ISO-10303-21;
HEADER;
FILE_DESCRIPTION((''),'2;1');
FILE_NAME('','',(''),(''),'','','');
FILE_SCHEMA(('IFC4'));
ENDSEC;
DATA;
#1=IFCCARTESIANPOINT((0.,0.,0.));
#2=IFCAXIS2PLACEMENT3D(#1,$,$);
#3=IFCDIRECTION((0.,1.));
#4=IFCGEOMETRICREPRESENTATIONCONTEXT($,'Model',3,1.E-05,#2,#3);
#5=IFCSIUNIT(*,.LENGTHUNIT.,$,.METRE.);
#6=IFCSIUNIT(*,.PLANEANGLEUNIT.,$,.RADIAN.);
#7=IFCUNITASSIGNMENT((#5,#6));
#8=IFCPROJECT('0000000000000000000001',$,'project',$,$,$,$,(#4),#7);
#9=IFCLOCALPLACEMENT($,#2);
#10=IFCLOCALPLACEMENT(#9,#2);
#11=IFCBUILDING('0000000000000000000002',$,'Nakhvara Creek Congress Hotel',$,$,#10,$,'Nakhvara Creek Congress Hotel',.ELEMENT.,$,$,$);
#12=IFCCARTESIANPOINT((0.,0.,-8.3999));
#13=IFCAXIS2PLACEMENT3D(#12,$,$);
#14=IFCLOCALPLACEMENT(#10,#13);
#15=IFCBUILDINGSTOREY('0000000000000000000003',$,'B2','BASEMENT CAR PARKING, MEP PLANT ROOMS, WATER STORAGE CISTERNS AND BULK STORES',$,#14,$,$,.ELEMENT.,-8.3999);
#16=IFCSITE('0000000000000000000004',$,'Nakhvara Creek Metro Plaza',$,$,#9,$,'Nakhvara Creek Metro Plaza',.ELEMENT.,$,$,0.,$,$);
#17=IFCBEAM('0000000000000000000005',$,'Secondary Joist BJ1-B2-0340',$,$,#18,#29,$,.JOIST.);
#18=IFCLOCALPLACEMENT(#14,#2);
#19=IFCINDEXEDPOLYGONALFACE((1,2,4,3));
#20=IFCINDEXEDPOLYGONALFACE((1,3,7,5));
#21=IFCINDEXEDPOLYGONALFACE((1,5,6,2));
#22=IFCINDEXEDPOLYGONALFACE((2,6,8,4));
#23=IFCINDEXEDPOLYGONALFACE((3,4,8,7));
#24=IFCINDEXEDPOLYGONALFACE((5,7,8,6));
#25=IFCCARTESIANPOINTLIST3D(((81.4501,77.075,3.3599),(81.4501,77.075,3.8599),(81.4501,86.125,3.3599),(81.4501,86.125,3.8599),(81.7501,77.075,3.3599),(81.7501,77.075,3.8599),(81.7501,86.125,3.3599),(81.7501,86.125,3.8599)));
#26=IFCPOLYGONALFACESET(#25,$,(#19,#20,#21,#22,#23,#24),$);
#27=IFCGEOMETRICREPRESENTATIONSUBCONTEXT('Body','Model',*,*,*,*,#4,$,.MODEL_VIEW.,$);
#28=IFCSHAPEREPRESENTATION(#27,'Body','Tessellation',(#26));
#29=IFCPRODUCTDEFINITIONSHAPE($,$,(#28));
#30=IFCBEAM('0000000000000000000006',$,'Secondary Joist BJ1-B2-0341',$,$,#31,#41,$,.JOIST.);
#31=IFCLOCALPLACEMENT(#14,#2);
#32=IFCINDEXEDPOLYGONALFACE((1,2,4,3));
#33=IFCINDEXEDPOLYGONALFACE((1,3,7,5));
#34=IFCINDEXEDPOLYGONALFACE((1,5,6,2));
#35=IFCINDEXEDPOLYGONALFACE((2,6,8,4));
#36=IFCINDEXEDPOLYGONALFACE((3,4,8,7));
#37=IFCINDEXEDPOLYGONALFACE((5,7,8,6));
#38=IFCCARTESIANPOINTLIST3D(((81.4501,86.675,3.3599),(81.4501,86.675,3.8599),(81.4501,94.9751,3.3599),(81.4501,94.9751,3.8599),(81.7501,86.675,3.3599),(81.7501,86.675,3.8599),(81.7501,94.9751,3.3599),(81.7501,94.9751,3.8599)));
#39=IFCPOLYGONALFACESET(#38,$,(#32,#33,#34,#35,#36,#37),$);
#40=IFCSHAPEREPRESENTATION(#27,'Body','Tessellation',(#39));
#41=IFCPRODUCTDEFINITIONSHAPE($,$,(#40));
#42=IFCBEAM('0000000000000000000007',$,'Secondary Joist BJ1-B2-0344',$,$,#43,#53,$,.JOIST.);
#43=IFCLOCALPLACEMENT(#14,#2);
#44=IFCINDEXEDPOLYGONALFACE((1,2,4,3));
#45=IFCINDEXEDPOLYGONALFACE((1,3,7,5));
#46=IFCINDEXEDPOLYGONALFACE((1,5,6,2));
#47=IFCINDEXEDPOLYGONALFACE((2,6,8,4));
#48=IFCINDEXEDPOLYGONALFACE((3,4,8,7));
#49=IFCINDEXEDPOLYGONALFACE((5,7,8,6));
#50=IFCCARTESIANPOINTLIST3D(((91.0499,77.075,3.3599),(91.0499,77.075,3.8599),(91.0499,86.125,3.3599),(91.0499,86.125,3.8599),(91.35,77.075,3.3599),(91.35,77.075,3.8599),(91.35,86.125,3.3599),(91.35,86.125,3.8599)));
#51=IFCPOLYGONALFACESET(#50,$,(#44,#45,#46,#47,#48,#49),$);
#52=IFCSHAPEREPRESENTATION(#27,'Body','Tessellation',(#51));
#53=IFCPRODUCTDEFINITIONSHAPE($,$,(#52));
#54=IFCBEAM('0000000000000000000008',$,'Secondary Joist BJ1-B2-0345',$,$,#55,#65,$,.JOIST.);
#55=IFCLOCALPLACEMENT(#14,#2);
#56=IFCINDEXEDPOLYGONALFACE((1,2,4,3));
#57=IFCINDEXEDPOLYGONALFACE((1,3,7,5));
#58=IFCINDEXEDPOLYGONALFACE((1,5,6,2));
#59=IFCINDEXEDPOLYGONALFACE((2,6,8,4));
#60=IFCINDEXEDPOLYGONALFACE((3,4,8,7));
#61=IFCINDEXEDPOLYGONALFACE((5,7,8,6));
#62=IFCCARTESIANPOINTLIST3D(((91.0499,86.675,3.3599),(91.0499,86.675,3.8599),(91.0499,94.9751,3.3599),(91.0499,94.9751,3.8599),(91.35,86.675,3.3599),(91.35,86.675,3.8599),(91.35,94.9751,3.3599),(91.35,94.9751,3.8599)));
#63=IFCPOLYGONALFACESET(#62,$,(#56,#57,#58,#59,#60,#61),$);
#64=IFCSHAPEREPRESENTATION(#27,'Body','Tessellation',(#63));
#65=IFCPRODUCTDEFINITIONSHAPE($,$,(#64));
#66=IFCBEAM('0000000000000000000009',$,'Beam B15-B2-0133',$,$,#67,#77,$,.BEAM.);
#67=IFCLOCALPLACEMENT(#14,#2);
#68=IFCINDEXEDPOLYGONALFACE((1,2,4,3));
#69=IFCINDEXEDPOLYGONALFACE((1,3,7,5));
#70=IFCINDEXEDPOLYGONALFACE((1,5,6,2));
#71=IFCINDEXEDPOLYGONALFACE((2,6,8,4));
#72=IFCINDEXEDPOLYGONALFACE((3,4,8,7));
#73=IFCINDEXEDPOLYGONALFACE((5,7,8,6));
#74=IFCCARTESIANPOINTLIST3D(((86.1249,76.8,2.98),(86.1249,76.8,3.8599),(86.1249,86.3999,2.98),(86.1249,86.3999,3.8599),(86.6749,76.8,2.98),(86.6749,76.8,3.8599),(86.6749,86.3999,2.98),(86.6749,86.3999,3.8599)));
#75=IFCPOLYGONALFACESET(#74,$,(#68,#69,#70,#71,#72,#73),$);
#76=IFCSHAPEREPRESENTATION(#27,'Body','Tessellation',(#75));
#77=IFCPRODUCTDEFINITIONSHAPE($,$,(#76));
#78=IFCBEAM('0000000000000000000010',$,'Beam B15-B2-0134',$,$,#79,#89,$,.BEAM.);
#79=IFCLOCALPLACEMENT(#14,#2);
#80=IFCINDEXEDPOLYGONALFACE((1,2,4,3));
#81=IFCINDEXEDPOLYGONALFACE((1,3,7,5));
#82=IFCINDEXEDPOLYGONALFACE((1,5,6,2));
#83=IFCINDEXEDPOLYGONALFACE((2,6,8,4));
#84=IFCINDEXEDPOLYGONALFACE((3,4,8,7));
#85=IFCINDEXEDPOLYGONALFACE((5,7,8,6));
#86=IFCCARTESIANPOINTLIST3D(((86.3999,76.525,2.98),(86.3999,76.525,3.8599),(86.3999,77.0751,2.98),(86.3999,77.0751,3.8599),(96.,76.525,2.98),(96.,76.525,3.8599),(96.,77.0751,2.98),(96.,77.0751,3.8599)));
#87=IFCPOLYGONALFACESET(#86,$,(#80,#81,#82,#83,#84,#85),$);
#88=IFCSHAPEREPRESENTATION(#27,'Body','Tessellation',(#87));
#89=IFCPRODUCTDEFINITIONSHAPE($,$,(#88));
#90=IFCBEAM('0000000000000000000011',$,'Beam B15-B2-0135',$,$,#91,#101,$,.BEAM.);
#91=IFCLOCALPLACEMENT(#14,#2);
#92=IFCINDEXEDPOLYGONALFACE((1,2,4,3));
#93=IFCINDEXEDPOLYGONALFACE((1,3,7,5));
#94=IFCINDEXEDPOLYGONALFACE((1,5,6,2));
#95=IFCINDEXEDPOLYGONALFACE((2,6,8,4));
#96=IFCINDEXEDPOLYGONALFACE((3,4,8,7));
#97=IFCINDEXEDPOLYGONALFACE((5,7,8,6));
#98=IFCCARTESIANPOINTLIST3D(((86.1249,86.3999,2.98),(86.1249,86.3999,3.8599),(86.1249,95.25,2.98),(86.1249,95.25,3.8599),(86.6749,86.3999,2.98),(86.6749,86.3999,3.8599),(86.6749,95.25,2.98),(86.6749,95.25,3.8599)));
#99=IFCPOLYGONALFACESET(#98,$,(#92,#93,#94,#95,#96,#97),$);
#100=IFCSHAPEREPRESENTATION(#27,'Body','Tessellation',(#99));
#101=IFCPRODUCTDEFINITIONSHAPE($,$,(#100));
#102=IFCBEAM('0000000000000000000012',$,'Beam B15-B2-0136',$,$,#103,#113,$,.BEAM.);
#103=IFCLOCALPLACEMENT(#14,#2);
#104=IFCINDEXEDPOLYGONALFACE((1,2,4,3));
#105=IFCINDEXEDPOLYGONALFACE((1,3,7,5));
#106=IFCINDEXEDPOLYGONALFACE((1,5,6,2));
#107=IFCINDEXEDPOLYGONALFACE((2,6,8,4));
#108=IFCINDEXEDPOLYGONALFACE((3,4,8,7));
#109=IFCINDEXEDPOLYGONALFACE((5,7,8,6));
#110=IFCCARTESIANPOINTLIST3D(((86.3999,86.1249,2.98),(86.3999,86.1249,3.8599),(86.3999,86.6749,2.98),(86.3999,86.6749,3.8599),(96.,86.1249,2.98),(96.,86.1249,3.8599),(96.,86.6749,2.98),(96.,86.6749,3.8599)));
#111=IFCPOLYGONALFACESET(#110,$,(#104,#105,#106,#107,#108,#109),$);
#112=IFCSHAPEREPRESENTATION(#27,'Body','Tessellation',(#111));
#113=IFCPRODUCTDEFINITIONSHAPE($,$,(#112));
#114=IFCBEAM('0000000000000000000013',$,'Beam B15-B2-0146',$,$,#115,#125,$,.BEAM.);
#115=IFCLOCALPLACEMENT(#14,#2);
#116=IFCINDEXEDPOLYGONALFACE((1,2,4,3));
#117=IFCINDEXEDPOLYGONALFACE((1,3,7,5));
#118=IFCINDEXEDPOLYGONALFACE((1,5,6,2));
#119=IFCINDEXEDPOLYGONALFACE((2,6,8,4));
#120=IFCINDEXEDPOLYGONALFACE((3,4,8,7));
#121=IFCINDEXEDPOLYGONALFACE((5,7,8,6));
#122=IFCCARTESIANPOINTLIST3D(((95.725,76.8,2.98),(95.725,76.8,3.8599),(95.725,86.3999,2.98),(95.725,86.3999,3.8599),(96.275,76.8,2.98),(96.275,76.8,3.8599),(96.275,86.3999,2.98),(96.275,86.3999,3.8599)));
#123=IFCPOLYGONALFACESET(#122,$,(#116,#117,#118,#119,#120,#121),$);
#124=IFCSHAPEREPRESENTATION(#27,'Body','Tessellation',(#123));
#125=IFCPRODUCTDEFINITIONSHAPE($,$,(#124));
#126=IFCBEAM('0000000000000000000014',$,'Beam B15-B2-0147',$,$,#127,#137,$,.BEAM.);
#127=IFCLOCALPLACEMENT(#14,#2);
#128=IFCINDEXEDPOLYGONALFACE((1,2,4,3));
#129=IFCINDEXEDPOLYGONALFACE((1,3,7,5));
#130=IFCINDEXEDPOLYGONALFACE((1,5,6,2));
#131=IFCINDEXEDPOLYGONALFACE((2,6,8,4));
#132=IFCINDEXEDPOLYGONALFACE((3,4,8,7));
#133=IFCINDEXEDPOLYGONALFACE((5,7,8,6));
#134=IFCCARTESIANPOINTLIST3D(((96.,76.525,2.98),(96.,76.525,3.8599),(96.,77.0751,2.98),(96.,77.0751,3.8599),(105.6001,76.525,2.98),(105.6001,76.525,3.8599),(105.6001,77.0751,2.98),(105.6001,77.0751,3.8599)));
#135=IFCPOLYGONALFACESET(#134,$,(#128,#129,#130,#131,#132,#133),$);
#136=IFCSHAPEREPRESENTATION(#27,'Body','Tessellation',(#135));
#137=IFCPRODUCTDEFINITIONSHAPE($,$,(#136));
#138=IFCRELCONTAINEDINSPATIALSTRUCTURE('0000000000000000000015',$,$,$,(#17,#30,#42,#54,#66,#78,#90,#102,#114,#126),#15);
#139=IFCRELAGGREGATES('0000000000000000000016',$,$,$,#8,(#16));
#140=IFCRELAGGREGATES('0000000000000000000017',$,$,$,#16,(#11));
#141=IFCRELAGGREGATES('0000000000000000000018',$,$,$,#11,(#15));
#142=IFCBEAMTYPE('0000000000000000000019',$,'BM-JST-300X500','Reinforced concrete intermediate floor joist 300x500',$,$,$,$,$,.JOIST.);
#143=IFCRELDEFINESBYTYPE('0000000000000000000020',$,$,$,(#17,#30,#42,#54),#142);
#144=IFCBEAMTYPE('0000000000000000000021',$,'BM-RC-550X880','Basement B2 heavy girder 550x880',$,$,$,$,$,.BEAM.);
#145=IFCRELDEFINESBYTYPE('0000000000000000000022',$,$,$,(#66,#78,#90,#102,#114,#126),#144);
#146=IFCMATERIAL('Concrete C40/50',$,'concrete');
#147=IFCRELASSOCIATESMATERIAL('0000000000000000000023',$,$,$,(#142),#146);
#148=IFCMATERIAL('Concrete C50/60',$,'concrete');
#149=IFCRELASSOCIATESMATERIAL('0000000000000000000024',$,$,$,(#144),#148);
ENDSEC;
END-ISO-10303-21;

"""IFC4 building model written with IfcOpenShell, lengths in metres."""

from ifc_helpers import new_model, si_unit, direction, frame, origin, origin_2d, place, context, subcontext, project, spatial, rectangle, extrude, material, material_profile, profile_set, type_object, element, save


model = new_model("IFC4")

# Units and contexts
model_context = context("Model", 3, precision=1e-05, world=origin(), true_north=direction((0.0, 1.0)))
body_context = subcontext(model_context, "Body", "Model", "MODEL_VIEW")
ifc_project = project(units=[si_unit("LENGTHUNIT", "METRE"), si_unit("PLANEANGLEUNIT", "RADIAN")], contexts=[model_context])

# Site, building, storey
site_placement = place(None, origin())
site = spatial("IfcSite", under=ifc_project, at=site_placement, Name="Nakhvara Creek Metro Plaza", LongName="Nakhvara Creek Metro Plaza", CompositionType="ELEMENT", RefElevation=0.0)
building_placement = place(site_placement, origin())
building = spatial("IfcBuilding", under=site, at=building_placement, Name="Nakhvara Creek Congress Hotel", LongName="Nakhvara Creek Congress Hotel", CompositionType="ELEMENT")
storey_placement = place(building_placement, frame((0.0, 0.0, -8.3999)))
storey = spatial("IfcBuildingStorey", under=building, at=storey_placement, Name="B2", Description="BASEMENT CAR PARKING, MEP PLANT ROOMS, WATER STORAGE CISTERNS AND BULK STORES", CompositionType="ELEMENT", Elevation=-8.3999)

# Shared definitions
ifc_material_1 = material(Name="Concrete C40/50", Category="concrete")

# Shared definitions
ifc_material_2 = material(Name="Concrete C50/60", Category="concrete")

# Beams
ifc_material_profile_1 = material_profile(ifc_material_1, rectangle(XDim=0.3, YDim=0.5, at=origin_2d()), Name="RC-BM 300x500", Category="LoadBearing")
ifc_profile_set_1 = profile_set([ifc_material_profile_1], Name="Concrete C40/50")
beam_type_1 = type_object("IfcBeamType", Name="BM-JST-300X500", Description="Reinforced concrete intermediate floor joist 300x500", PredefinedType="JOIST", material=ifc_profile_set_1)
beam_1_placement = place(storey_placement, frame((81.6001, 77.075, 3.6099), z_axis=(0.0, 1.0, 0.0), x_axis=(-1.0, 0.0, 0.0)))
element("IfcBeam", 1, at=beam_1_placement, inside=storey, type_object=beam_type_1, Name="Secondary Joist BJ1-B2-0340", PredefinedType="JOIST", context=body_context, shape_type="SweptSolid", body=[
    extrude(rectangle(XDim=0.3, YDim=0.5, at=origin_2d()), origin(), (0.0, 0.0, 1.0), 9.05),
])
beam_2_placement = place(storey_placement, frame((81.6001, 86.675, 3.6099), z_axis=(0.0, 1.0, 0.0), x_axis=(-1.0, 0.0, 0.0)))
element("IfcBeam", 2, at=beam_2_placement, inside=storey, type_object=beam_type_1, Name="Secondary Joist BJ1-B2-0341", PredefinedType="JOIST", context=body_context, shape_type="SweptSolid", body=[
    extrude(rectangle(XDim=0.3, YDim=0.5, at=origin_2d()), origin(), (0.0, 0.0, 1.0), 8.3),
])
beam_3_placement = place(storey_placement, frame((91.2, 77.075, 3.6099), z_axis=(0.0, 1.0, 0.0), x_axis=(-1.0, 0.0, 0.0)))
element("IfcBeam", 3, at=beam_3_placement, inside=storey, type_object=beam_type_1, Name="Secondary Joist BJ1-B2-0344", PredefinedType="JOIST", context=body_context, shape_type="SweptSolid", body=[
    extrude(rectangle(XDim=0.3, YDim=0.5, at=origin_2d()), origin(), (0.0, 0.0, 1.0), 9.05),
])
beam_4_placement = place(storey_placement, frame((91.2, 86.675, 3.6099), z_axis=(0.0, 1.0, 0.0), x_axis=(-1.0, 0.0, 0.0)))
element("IfcBeam", 4, at=beam_4_placement, inside=storey, type_object=beam_type_1, Name="Secondary Joist BJ1-B2-0345", PredefinedType="JOIST", context=body_context, shape_type="SweptSolid", body=[
    extrude(rectangle(XDim=0.3, YDim=0.5, at=origin_2d()), origin(), (0.0, 0.0, 1.0), 8.3),
])
ifc_material_profile_2 = material_profile(ifc_material_2, rectangle(XDim=0.55, YDim=0.8799, at=origin_2d()), Name="RC-BM 550x880", Category="LoadBearing")
ifc_profile_set_2 = profile_set([ifc_material_profile_2], Name="Concrete C50/60")
beam_type_2 = type_object("IfcBeamType", Name="BM-RC-550X880", Description="Basement B2 heavy girder 550x880", PredefinedType="BEAM", material=ifc_profile_set_2)
beam_5_placement = place(storey_placement, frame((86.3999, 76.8, 3.4199), z_axis=(0.0, 1.0, 0.0), x_axis=(-1.0, 0.0, 0.0)))
element("IfcBeam", 5, at=beam_5_placement, inside=storey, type_object=beam_type_2, Name="Beam B15-B2-0133", PredefinedType="BEAM", context=body_context, shape_type="SweptSolid", body=[
    extrude(rectangle(XDim=0.55, YDim=0.8799, at=origin_2d()), origin(), (0.0, 0.0, 1.0), 9.5999),
])
beam_6_placement = place(storey_placement, frame((86.3999, 76.8, 3.4199), z_axis=(1.0, 0.0, 0.0), x_axis=(0.0, 1.0, 0.0)))
element("IfcBeam", 6, at=beam_6_placement, inside=storey, type_object=beam_type_2, Name="Beam B15-B2-0134", PredefinedType="BEAM", context=body_context, shape_type="SweptSolid", body=[
    extrude(rectangle(XDim=0.55, YDim=0.8799, at=origin_2d()), origin(), (0.0, 0.0, 1.0), 9.6001),
])
beam_7_placement = place(storey_placement, frame((86.3999, 86.3999, 3.4199), z_axis=(0.0, 1.0, 0.0), x_axis=(-1.0, 0.0, 0.0)))
element("IfcBeam", 7, at=beam_7_placement, inside=storey, type_object=beam_type_2, Name="Beam B15-B2-0135", PredefinedType="BEAM", context=body_context, shape_type="SweptSolid", body=[
    extrude(rectangle(XDim=0.55, YDim=0.8799, at=origin_2d()), origin(), (0.0, 0.0, 1.0), 8.8501),
])
beam_8_placement = place(storey_placement, frame((86.3999, 86.3999, 3.4199), z_axis=(1.0, 0.0, 0.0), x_axis=(0.0, 1.0, 0.0)))
element("IfcBeam", 8, at=beam_8_placement, inside=storey, type_object=beam_type_2, Name="Beam B15-B2-0136", PredefinedType="BEAM", context=body_context, shape_type="SweptSolid", body=[
    extrude(rectangle(XDim=0.55, YDim=0.8799, at=origin_2d()), origin(), (0.0, 0.0, 1.0), 9.6001),
])
beam_9_placement = place(storey_placement, frame((96.0, 76.8, 3.4199), z_axis=(0.0, 1.0, 0.0), x_axis=(-1.0, 0.0, 0.0)))
element("IfcBeam", 9, at=beam_9_placement, inside=storey, type_object=beam_type_2, Name="Beam B15-B2-0146", PredefinedType="BEAM", context=body_context, shape_type="SweptSolid", body=[
    extrude(rectangle(XDim=0.55, YDim=0.8799, at=origin_2d()), origin(), (0.0, 0.0, 1.0), 9.5999),
])
beam_10_placement = place(storey_placement, frame((96.0, 76.8, 3.4199), z_axis=(1.0, 0.0, 0.0), x_axis=(0.0, 1.0, 0.0)))
element("IfcBeam", 10, at=beam_10_placement, inside=storey, type_object=beam_type_2, Name="Beam B15-B2-0147", PredefinedType="BEAM", context=body_context, shape_type="SweptSolid", body=[
    extrude(rectangle(XDim=0.55, YDim=0.8799, at=origin_2d()), origin(), (0.0, 0.0, 1.0), 9.6001),
])

save(model, "model.ifc")
